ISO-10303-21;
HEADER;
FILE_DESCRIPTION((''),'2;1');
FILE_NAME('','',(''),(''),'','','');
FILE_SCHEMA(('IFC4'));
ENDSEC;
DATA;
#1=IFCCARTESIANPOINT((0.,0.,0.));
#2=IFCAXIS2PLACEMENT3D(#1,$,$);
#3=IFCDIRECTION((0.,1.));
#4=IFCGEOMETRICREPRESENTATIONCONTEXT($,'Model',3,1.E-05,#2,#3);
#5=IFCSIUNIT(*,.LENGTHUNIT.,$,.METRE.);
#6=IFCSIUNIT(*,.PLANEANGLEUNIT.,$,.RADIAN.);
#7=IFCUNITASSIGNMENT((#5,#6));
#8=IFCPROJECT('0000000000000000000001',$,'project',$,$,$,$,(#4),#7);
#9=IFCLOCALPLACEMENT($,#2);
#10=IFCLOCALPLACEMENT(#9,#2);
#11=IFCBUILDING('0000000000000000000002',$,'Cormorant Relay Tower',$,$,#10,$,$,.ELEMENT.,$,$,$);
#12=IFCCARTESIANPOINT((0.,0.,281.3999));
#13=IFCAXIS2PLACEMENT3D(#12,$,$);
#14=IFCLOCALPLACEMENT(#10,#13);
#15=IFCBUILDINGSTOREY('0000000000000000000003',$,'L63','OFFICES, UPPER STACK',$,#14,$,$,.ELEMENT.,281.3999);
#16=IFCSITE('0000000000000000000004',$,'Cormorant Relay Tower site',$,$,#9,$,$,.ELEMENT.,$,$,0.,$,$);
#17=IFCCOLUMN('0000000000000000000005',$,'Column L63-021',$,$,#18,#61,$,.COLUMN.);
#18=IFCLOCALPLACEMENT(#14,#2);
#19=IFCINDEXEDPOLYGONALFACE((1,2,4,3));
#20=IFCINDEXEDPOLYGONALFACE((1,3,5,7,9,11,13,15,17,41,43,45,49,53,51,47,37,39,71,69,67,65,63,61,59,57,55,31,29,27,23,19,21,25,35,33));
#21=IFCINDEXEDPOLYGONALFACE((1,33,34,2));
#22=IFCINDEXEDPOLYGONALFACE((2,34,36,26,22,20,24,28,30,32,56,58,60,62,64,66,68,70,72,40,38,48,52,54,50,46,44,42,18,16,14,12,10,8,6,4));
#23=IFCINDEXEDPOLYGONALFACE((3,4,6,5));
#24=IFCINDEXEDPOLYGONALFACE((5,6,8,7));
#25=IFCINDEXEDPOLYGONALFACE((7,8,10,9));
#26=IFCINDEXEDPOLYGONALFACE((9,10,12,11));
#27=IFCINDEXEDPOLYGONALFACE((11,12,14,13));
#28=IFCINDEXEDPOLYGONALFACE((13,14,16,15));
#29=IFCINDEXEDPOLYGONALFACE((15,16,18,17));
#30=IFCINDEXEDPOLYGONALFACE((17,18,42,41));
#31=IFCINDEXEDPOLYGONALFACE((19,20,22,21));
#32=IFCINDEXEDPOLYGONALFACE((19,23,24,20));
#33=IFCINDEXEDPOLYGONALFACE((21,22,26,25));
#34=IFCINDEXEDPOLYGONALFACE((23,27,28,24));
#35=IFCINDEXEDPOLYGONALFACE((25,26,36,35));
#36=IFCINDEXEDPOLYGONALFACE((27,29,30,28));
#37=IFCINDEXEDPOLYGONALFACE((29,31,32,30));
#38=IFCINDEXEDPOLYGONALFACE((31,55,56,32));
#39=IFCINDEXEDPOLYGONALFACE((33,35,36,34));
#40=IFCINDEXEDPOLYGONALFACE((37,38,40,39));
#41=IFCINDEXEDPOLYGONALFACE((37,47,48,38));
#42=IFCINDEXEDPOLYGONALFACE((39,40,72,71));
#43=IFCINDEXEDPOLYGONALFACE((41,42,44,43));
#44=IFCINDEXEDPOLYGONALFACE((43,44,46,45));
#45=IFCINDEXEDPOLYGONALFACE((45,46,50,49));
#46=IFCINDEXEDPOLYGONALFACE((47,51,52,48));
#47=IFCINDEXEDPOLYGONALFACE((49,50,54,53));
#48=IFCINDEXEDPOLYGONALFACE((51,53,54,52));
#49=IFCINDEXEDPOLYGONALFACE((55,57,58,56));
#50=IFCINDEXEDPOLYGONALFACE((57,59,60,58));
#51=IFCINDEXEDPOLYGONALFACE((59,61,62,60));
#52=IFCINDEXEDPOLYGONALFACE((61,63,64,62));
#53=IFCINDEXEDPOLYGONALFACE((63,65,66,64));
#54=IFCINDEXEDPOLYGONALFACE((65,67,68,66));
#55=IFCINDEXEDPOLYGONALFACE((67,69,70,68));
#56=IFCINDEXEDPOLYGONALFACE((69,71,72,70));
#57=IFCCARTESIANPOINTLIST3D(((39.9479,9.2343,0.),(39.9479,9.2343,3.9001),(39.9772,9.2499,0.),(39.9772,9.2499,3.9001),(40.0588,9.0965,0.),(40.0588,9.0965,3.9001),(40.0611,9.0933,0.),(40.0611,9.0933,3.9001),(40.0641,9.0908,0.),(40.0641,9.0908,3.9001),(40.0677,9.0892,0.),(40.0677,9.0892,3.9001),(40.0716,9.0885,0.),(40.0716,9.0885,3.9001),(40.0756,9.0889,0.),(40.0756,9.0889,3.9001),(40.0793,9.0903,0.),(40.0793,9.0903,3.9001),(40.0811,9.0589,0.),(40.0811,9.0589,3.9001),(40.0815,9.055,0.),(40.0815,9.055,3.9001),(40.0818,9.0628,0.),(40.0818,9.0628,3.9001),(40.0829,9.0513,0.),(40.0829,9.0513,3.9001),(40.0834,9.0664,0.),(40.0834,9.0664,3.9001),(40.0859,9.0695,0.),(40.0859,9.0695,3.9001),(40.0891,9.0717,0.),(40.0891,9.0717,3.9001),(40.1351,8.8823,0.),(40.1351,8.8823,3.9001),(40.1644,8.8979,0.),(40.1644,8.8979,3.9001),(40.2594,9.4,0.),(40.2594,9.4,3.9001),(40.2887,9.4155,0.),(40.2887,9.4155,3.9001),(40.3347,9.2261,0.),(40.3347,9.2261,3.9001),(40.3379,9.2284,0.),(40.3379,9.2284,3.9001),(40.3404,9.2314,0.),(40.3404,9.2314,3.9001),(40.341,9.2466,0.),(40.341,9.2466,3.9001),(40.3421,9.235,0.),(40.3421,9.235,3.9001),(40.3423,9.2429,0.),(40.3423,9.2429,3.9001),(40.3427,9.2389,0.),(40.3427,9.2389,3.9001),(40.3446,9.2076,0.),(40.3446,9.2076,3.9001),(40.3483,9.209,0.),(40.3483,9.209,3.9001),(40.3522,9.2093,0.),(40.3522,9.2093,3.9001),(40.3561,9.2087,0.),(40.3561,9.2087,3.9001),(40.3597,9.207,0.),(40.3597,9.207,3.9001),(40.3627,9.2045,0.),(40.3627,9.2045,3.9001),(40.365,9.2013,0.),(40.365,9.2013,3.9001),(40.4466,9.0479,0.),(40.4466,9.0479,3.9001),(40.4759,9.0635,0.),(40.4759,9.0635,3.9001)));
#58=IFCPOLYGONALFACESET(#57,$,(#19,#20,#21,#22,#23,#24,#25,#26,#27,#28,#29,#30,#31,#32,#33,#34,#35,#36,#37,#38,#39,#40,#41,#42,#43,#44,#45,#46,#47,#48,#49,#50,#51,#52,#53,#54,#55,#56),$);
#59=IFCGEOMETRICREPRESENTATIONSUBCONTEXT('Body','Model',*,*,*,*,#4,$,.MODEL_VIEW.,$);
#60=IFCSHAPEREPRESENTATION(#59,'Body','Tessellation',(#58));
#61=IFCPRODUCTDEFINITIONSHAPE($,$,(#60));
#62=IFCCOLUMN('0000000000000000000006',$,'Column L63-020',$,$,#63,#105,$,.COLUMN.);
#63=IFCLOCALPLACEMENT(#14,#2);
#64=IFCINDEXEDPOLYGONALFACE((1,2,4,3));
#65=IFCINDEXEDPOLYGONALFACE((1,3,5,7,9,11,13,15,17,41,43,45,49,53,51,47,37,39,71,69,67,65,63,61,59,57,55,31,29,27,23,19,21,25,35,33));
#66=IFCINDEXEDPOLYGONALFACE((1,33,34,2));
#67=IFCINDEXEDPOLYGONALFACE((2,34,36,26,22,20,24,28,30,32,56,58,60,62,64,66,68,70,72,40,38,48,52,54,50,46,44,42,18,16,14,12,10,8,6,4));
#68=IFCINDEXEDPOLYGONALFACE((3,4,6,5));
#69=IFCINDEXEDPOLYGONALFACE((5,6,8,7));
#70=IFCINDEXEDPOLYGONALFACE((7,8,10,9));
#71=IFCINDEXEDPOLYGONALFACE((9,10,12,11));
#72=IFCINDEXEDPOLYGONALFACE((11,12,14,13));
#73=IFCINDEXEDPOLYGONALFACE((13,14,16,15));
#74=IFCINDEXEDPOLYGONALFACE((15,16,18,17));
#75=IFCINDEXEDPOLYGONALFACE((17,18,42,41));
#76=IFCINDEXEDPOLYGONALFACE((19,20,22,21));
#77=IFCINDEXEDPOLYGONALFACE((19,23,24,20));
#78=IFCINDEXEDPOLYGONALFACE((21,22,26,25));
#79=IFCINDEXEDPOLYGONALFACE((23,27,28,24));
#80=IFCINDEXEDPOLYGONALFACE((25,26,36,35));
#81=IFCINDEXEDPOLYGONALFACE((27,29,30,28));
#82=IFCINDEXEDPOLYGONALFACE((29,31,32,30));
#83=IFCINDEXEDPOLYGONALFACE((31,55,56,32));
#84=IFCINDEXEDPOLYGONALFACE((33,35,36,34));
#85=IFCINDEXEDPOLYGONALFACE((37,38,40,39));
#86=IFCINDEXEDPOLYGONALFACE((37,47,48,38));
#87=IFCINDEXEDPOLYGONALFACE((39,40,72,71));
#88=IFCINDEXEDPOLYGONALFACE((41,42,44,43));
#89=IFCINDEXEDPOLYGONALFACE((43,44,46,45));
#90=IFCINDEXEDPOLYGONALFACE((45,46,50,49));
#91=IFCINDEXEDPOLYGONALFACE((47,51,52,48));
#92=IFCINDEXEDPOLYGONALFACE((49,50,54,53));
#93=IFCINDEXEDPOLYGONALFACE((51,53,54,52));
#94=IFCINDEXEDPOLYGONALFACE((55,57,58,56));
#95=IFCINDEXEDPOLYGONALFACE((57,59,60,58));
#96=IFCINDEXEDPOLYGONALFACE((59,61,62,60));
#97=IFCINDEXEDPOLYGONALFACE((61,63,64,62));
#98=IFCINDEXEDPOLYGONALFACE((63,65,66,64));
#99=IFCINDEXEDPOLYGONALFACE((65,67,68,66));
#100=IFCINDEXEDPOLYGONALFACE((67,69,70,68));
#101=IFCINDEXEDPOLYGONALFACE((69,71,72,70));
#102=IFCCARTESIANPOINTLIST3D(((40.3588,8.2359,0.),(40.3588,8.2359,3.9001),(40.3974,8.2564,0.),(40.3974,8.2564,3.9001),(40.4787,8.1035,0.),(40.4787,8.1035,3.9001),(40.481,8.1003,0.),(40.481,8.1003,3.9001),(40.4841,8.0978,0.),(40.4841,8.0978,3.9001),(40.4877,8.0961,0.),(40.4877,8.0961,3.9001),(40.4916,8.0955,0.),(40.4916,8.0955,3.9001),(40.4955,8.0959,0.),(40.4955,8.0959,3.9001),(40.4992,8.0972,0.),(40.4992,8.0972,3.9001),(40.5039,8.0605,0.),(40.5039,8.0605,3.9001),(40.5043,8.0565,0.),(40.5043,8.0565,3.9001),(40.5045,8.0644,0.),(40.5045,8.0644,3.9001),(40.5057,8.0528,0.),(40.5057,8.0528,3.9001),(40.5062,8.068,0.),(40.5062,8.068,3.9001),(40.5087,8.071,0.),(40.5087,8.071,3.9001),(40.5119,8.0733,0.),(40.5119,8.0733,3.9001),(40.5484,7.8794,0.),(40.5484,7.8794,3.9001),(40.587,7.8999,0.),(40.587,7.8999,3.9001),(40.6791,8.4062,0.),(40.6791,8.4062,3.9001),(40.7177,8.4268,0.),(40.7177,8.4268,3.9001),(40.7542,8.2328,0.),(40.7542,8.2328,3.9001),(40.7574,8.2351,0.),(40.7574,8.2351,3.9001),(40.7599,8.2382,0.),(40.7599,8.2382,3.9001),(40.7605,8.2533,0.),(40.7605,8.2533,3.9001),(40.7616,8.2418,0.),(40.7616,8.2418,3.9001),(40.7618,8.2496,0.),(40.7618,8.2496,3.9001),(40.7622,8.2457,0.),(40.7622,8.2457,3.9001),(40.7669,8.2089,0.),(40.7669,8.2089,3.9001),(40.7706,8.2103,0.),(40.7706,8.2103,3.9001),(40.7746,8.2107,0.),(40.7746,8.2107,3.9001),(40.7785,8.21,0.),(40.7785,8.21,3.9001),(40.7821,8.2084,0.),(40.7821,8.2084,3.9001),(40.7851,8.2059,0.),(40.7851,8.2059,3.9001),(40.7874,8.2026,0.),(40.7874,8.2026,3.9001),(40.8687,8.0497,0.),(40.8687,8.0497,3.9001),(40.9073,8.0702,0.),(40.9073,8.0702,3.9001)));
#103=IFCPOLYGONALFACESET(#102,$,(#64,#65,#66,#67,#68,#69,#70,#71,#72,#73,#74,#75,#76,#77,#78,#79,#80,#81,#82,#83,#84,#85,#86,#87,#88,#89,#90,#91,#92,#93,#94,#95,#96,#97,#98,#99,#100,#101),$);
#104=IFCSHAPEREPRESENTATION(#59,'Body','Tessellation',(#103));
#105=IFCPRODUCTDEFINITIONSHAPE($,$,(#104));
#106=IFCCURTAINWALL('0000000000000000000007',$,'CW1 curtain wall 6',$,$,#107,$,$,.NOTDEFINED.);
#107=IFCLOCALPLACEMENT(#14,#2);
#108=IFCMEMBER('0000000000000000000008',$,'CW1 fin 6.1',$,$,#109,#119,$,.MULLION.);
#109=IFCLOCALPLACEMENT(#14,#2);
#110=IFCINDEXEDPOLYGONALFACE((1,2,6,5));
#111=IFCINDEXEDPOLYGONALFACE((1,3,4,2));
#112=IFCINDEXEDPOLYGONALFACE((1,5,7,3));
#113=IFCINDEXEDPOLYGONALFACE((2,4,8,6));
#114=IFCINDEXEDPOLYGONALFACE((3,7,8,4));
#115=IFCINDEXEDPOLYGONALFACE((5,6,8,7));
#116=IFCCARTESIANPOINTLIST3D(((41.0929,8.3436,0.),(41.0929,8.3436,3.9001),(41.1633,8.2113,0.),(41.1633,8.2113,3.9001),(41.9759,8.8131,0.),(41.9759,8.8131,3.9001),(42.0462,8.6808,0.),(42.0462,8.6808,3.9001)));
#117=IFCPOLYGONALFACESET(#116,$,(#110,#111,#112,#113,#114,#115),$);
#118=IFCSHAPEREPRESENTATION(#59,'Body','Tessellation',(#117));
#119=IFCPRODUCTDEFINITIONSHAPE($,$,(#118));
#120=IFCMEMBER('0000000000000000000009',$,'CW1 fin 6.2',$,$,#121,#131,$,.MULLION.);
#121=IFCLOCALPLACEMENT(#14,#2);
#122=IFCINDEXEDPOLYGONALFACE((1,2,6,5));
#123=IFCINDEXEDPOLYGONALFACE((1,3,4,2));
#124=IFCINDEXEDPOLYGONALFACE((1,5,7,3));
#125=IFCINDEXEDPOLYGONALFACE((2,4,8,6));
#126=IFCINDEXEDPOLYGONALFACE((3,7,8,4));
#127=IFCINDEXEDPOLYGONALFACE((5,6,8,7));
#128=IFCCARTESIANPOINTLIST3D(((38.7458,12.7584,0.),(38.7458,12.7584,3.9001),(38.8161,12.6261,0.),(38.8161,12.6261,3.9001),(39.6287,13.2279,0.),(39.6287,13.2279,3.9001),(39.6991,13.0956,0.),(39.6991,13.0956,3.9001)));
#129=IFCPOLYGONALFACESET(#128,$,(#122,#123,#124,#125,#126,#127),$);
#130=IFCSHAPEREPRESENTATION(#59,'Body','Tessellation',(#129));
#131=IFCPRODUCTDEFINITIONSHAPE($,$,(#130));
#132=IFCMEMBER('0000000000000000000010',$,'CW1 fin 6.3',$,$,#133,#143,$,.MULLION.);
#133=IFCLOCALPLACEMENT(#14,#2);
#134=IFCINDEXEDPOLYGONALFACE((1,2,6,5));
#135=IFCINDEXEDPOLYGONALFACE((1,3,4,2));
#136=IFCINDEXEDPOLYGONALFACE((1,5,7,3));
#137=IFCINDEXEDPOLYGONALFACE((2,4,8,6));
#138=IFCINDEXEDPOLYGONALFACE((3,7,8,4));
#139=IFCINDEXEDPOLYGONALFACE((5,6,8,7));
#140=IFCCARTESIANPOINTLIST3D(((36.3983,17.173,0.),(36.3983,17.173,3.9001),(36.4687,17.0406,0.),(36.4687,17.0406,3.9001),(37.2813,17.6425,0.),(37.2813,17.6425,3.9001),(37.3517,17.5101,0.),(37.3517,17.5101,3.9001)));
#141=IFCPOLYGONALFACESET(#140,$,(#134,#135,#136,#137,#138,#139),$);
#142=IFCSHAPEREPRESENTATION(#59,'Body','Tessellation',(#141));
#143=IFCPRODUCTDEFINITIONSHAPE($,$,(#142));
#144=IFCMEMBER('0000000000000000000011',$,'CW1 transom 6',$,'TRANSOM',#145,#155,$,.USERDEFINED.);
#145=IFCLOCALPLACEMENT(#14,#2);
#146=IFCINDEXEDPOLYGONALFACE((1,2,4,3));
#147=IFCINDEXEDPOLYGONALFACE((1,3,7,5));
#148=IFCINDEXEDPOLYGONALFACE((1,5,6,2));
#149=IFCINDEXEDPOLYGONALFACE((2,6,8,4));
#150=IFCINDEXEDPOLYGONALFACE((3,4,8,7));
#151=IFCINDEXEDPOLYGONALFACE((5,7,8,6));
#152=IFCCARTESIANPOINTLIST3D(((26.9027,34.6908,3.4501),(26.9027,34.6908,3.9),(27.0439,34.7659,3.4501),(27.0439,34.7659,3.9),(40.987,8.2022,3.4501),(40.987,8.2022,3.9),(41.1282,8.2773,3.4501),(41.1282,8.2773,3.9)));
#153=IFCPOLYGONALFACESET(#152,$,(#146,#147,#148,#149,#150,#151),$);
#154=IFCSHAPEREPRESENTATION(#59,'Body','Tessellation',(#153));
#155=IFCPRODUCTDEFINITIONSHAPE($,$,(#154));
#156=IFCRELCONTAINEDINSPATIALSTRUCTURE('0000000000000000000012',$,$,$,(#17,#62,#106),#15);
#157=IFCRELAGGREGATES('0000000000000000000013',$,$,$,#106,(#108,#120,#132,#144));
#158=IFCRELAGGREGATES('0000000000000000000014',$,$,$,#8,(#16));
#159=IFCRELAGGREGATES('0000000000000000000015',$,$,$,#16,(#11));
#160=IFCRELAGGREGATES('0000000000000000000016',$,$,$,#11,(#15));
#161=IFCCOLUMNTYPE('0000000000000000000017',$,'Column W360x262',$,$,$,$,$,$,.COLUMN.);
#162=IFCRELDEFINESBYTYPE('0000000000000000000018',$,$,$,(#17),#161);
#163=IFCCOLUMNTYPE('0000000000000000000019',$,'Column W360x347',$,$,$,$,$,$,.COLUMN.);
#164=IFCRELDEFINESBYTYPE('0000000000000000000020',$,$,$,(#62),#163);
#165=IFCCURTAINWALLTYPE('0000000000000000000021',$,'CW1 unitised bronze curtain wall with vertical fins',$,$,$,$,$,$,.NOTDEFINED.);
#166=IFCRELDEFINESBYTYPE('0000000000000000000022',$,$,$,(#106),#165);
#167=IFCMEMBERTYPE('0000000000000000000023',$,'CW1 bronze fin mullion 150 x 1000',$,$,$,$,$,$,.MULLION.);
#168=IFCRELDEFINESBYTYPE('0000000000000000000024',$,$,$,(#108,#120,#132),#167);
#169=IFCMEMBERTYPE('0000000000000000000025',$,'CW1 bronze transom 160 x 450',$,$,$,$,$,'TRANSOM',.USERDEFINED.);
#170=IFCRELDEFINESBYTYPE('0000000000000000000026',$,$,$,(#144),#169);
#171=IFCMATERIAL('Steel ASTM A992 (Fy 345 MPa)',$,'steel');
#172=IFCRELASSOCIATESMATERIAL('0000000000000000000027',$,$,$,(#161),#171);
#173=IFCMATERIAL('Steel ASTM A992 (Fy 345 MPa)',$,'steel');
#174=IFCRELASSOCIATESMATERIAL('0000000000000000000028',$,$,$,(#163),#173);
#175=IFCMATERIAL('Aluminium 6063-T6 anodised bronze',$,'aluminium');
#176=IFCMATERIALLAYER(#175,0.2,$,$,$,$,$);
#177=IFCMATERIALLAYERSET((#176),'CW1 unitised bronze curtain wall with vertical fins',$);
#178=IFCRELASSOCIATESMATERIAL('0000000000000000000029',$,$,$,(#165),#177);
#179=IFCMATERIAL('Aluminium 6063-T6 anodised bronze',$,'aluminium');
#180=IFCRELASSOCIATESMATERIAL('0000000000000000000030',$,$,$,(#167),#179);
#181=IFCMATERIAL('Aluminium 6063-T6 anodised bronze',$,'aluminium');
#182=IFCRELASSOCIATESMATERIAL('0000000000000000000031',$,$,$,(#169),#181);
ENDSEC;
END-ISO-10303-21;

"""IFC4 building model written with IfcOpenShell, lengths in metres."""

from ifc_helpers import new_model, si_unit, direction, frame, origin, origin_2d, place, context, subcontext, project, spatial, rectangle, i_section, extrude, material, layer, layer_set, material_profile, profile_set, type_object, element, aggregate, save


model = new_model("IFC4")

# Units and contexts
model_context = context("Model", 3, precision=1e-05, world=origin(), true_north=direction((0.0, 1.0)))
body_context = subcontext(model_context, "Body", "Model", "MODEL_VIEW")
ifc_project = project(units=[si_unit("LENGTHUNIT", "METRE"), si_unit("PLANEANGLEUNIT", "RADIAN")], contexts=[model_context])

# Site, building, storey
site_placement = place(None, origin())
site = spatial("IfcSite", under=ifc_project, at=site_placement, Name="Cormorant Relay Tower site", CompositionType="ELEMENT", RefElevation=0.0)
building_placement = place(site_placement, origin())
building = spatial("IfcBuilding", under=site, at=building_placement, Name="Cormorant Relay Tower", CompositionType="ELEMENT")
storey_placement = place(building_placement, frame((0.0, 0.0, 281.3999)))
storey = spatial("IfcBuildingStorey", under=building, at=storey_placement, Name="L63", Description="OFFICES, UPPER STACK", CompositionType="ELEMENT", Elevation=281.3999)

# Columns
ifc_material_1 = material(Name="Steel ASTM A992 (Fy 345 MPa)", Category="steel")
ifc_material_profile_1 = material_profile(ifc_material_1, i_section(OverallWidth=0.3987, OverallDepth=0.386, WebThickness=0.021, FlangeThickness=0.0332, FilletRadius=0.0151, at=origin_2d()), Name="W360x262")
ifc_profile_set_1 = profile_set([ifc_material_profile_1], Name="Steel ASTM A992 (Fy 345 MPa)")
column_type_1 = type_object("IfcColumnType", Name="Column W360x262", PredefinedType="COLUMN", material=ifc_profile_set_1)
column_1_placement = place(storey_placement, frame((40.2119, 9.1489, 0.0), z_axis=(0.0, 0.0, 1.0), x_axis=(-0.469472, 0.882948, 0.0)))
element("IfcColumn", 1, at=column_1_placement, inside=storey, type_object=column_type_1, Name="Column L63-021", PredefinedType="COLUMN", context=body_context, shape_type="SweptSolid", body=[
    extrude(i_section(OverallWidth=0.3987, OverallDepth=0.386, WebThickness=0.021, FlangeThickness=0.0332, FilletRadius=0.0151, at=origin_2d()), origin(), (0.0, 0.0, 1.0), 3.9001),
])
ifc_material_2 = material(Name="Steel ASTM A992 (Fy 345 MPa)", Category="steel")
ifc_material_profile_2 = material_profile(ifc_material_2, i_section(OverallWidth=0.4038, OverallDepth=0.4065, WebThickness=0.0271, FlangeThickness=0.0437, FilletRadius=0.0151, at=origin_2d()), Name="W360x347")
ifc_profile_set_2 = profile_set([ifc_material_profile_2], Name="Steel ASTM A992 (Fy 345 MPa)")
column_type_2 = type_object("IfcColumnType", Name="Column W360x347", PredefinedType="COLUMN", material=ifc_profile_set_2)
column_2_placement = place(storey_placement, frame((40.6331, 8.1531, 0.0), z_axis=(0.0, 0.0, 1.0), x_axis=(-0.469472, 0.882948, 0.0)))
element("IfcColumn", 2, at=column_2_placement, inside=storey, type_object=column_type_2, Name="Column L63-020", PredefinedType="COLUMN", context=body_context, shape_type="SweptSolid", body=[
    extrude(i_section(OverallWidth=0.4038, OverallDepth=0.4065, WebThickness=0.0271, FlangeThickness=0.0437, FilletRadius=0.0151, at=origin_2d()), origin(), (0.0, 0.0, 1.0), 3.9001),
])

# Curtain wall, members
ifc_material_3 = material(Name="Aluminium 6063-T6 anodised bronze", Category="aluminium")
ifc_layer_1 = layer(ifc_material_3, 0.2)
ifc_layer_set_1 = layer_set([ifc_layer_1], Name="CW1 unitised bronze curtain wall with vertical fins")
curtain_wall_type = type_object("IfcCurtainWallType", Name="CW1 unitised bronze curtain wall with vertical fins", PredefinedType="NOTDEFINED", material=ifc_layer_set_1)
curtain_wall_1_placement = place(storey_placement, origin())
curtain_wall_1 = element("IfcCurtainWall", 3, at=curtain_wall_1_placement, inside=storey, type_object=curtain_wall_type, Name="CW1 curtain wall 6", PredefinedType="NOTDEFINED")
ifc_material_4 = material(Name="Aluminium 6063-T6 anodised bronze", Category="aluminium")
ifc_material_profile_3 = material_profile(ifc_material_4, rectangle(XDim=0.1499, YDim=1.0, at=origin_2d()), Name="AL 150x1000")
ifc_profile_set_3 = profile_set([ifc_material_profile_3], Name="Aluminium 6063-T6 anodised bronze")
member_type_1 = type_object("IfcMemberType", Name="CW1 bronze fin mullion 150 x 1000", PredefinedType="MULLION", material=ifc_profile_set_3)
member_1_placement = place(storey_placement, frame((41.5696, 8.5122, 0.0), z_axis=(0.0, 0.0, 1.0), x_axis=(-0.469472, 0.882948, 0.0)))
member_1 = element("IfcMember", 4, at=member_1_placement, type_object=member_type_1, Name="CW1 fin 6.1", PredefinedType="MULLION", context=body_context, shape_type="SweptSolid", body=[
    extrude(rectangle(XDim=0.1499, YDim=1.0, at=origin_2d()), origin(), (0.0, 0.0, 1.0), 3.9001),
])
member_2_placement = place(storey_placement, frame((39.2224, 12.927, 0.0), z_axis=(0.0, 0.0, 1.0), x_axis=(-0.469472, 0.882948, 0.0)))
member_2 = element("IfcMember", 5, at=member_2_placement, type_object=member_type_1, Name="CW1 fin 6.2", PredefinedType="MULLION", context=body_context, shape_type="SweptSolid", body=[
    extrude(rectangle(XDim=0.1499, YDim=1.0, at=origin_2d()), origin(), (0.0, 0.0, 1.0), 3.9001),
])
member_3_placement = place(storey_placement, frame((36.875, 17.3416, 0.0), z_axis=(0.0, 0.0, 1.0), x_axis=(-0.469472, 0.882948, 0.0)))
member_3 = element("IfcMember", 6, at=member_3_placement, type_object=member_type_1, Name="CW1 fin 6.3", PredefinedType="MULLION", context=body_context, shape_type="SweptSolid", body=[
    extrude(rectangle(XDim=0.1499, YDim=1.0, at=origin_2d()), origin(), (0.0, 0.0, 1.0), 3.9001),
])
ifc_material_5 = material(Name="Aluminium 6063-T6 anodised bronze", Category="aluminium")
ifc_material_profile_4 = material_profile(ifc_material_5, rectangle(XDim=0.1599, YDim=0.45, at=origin_2d()), Name="AL 160x450")
ifc_profile_set_4 = profile_set([ifc_material_profile_4], Name="Aluminium 6063-T6 anodised bronze")
member_type_2 = type_object("IfcMemberType", Name="CW1 bronze transom 160 x 450", ElementType="TRANSOM", PredefinedType="USERDEFINED", material=ifc_profile_set_4)
member_4_placement = place(storey_placement, frame((41.0576, 8.2397, 3.675), z_axis=(-0.469472, 0.882947, 0.0), x_axis=(-0.882947, -0.469472, 0.0)))
member_4 = element("IfcMember", 7, at=member_4_placement, type_object=member_type_2, Name="CW1 transom 6", ObjectType="TRANSOM", PredefinedType="USERDEFINED", context=body_context, shape_type="SweptSolid", body=[
    extrude(rectangle(XDim=0.1599, YDim=0.45, at=origin_2d()), origin(), (0.0, 0.0, 1.0), 30.0002),
])

aggregate(curtain_wall_1, [member_1, member_2, member_3, member_4])

save(model, "model.ifc")
